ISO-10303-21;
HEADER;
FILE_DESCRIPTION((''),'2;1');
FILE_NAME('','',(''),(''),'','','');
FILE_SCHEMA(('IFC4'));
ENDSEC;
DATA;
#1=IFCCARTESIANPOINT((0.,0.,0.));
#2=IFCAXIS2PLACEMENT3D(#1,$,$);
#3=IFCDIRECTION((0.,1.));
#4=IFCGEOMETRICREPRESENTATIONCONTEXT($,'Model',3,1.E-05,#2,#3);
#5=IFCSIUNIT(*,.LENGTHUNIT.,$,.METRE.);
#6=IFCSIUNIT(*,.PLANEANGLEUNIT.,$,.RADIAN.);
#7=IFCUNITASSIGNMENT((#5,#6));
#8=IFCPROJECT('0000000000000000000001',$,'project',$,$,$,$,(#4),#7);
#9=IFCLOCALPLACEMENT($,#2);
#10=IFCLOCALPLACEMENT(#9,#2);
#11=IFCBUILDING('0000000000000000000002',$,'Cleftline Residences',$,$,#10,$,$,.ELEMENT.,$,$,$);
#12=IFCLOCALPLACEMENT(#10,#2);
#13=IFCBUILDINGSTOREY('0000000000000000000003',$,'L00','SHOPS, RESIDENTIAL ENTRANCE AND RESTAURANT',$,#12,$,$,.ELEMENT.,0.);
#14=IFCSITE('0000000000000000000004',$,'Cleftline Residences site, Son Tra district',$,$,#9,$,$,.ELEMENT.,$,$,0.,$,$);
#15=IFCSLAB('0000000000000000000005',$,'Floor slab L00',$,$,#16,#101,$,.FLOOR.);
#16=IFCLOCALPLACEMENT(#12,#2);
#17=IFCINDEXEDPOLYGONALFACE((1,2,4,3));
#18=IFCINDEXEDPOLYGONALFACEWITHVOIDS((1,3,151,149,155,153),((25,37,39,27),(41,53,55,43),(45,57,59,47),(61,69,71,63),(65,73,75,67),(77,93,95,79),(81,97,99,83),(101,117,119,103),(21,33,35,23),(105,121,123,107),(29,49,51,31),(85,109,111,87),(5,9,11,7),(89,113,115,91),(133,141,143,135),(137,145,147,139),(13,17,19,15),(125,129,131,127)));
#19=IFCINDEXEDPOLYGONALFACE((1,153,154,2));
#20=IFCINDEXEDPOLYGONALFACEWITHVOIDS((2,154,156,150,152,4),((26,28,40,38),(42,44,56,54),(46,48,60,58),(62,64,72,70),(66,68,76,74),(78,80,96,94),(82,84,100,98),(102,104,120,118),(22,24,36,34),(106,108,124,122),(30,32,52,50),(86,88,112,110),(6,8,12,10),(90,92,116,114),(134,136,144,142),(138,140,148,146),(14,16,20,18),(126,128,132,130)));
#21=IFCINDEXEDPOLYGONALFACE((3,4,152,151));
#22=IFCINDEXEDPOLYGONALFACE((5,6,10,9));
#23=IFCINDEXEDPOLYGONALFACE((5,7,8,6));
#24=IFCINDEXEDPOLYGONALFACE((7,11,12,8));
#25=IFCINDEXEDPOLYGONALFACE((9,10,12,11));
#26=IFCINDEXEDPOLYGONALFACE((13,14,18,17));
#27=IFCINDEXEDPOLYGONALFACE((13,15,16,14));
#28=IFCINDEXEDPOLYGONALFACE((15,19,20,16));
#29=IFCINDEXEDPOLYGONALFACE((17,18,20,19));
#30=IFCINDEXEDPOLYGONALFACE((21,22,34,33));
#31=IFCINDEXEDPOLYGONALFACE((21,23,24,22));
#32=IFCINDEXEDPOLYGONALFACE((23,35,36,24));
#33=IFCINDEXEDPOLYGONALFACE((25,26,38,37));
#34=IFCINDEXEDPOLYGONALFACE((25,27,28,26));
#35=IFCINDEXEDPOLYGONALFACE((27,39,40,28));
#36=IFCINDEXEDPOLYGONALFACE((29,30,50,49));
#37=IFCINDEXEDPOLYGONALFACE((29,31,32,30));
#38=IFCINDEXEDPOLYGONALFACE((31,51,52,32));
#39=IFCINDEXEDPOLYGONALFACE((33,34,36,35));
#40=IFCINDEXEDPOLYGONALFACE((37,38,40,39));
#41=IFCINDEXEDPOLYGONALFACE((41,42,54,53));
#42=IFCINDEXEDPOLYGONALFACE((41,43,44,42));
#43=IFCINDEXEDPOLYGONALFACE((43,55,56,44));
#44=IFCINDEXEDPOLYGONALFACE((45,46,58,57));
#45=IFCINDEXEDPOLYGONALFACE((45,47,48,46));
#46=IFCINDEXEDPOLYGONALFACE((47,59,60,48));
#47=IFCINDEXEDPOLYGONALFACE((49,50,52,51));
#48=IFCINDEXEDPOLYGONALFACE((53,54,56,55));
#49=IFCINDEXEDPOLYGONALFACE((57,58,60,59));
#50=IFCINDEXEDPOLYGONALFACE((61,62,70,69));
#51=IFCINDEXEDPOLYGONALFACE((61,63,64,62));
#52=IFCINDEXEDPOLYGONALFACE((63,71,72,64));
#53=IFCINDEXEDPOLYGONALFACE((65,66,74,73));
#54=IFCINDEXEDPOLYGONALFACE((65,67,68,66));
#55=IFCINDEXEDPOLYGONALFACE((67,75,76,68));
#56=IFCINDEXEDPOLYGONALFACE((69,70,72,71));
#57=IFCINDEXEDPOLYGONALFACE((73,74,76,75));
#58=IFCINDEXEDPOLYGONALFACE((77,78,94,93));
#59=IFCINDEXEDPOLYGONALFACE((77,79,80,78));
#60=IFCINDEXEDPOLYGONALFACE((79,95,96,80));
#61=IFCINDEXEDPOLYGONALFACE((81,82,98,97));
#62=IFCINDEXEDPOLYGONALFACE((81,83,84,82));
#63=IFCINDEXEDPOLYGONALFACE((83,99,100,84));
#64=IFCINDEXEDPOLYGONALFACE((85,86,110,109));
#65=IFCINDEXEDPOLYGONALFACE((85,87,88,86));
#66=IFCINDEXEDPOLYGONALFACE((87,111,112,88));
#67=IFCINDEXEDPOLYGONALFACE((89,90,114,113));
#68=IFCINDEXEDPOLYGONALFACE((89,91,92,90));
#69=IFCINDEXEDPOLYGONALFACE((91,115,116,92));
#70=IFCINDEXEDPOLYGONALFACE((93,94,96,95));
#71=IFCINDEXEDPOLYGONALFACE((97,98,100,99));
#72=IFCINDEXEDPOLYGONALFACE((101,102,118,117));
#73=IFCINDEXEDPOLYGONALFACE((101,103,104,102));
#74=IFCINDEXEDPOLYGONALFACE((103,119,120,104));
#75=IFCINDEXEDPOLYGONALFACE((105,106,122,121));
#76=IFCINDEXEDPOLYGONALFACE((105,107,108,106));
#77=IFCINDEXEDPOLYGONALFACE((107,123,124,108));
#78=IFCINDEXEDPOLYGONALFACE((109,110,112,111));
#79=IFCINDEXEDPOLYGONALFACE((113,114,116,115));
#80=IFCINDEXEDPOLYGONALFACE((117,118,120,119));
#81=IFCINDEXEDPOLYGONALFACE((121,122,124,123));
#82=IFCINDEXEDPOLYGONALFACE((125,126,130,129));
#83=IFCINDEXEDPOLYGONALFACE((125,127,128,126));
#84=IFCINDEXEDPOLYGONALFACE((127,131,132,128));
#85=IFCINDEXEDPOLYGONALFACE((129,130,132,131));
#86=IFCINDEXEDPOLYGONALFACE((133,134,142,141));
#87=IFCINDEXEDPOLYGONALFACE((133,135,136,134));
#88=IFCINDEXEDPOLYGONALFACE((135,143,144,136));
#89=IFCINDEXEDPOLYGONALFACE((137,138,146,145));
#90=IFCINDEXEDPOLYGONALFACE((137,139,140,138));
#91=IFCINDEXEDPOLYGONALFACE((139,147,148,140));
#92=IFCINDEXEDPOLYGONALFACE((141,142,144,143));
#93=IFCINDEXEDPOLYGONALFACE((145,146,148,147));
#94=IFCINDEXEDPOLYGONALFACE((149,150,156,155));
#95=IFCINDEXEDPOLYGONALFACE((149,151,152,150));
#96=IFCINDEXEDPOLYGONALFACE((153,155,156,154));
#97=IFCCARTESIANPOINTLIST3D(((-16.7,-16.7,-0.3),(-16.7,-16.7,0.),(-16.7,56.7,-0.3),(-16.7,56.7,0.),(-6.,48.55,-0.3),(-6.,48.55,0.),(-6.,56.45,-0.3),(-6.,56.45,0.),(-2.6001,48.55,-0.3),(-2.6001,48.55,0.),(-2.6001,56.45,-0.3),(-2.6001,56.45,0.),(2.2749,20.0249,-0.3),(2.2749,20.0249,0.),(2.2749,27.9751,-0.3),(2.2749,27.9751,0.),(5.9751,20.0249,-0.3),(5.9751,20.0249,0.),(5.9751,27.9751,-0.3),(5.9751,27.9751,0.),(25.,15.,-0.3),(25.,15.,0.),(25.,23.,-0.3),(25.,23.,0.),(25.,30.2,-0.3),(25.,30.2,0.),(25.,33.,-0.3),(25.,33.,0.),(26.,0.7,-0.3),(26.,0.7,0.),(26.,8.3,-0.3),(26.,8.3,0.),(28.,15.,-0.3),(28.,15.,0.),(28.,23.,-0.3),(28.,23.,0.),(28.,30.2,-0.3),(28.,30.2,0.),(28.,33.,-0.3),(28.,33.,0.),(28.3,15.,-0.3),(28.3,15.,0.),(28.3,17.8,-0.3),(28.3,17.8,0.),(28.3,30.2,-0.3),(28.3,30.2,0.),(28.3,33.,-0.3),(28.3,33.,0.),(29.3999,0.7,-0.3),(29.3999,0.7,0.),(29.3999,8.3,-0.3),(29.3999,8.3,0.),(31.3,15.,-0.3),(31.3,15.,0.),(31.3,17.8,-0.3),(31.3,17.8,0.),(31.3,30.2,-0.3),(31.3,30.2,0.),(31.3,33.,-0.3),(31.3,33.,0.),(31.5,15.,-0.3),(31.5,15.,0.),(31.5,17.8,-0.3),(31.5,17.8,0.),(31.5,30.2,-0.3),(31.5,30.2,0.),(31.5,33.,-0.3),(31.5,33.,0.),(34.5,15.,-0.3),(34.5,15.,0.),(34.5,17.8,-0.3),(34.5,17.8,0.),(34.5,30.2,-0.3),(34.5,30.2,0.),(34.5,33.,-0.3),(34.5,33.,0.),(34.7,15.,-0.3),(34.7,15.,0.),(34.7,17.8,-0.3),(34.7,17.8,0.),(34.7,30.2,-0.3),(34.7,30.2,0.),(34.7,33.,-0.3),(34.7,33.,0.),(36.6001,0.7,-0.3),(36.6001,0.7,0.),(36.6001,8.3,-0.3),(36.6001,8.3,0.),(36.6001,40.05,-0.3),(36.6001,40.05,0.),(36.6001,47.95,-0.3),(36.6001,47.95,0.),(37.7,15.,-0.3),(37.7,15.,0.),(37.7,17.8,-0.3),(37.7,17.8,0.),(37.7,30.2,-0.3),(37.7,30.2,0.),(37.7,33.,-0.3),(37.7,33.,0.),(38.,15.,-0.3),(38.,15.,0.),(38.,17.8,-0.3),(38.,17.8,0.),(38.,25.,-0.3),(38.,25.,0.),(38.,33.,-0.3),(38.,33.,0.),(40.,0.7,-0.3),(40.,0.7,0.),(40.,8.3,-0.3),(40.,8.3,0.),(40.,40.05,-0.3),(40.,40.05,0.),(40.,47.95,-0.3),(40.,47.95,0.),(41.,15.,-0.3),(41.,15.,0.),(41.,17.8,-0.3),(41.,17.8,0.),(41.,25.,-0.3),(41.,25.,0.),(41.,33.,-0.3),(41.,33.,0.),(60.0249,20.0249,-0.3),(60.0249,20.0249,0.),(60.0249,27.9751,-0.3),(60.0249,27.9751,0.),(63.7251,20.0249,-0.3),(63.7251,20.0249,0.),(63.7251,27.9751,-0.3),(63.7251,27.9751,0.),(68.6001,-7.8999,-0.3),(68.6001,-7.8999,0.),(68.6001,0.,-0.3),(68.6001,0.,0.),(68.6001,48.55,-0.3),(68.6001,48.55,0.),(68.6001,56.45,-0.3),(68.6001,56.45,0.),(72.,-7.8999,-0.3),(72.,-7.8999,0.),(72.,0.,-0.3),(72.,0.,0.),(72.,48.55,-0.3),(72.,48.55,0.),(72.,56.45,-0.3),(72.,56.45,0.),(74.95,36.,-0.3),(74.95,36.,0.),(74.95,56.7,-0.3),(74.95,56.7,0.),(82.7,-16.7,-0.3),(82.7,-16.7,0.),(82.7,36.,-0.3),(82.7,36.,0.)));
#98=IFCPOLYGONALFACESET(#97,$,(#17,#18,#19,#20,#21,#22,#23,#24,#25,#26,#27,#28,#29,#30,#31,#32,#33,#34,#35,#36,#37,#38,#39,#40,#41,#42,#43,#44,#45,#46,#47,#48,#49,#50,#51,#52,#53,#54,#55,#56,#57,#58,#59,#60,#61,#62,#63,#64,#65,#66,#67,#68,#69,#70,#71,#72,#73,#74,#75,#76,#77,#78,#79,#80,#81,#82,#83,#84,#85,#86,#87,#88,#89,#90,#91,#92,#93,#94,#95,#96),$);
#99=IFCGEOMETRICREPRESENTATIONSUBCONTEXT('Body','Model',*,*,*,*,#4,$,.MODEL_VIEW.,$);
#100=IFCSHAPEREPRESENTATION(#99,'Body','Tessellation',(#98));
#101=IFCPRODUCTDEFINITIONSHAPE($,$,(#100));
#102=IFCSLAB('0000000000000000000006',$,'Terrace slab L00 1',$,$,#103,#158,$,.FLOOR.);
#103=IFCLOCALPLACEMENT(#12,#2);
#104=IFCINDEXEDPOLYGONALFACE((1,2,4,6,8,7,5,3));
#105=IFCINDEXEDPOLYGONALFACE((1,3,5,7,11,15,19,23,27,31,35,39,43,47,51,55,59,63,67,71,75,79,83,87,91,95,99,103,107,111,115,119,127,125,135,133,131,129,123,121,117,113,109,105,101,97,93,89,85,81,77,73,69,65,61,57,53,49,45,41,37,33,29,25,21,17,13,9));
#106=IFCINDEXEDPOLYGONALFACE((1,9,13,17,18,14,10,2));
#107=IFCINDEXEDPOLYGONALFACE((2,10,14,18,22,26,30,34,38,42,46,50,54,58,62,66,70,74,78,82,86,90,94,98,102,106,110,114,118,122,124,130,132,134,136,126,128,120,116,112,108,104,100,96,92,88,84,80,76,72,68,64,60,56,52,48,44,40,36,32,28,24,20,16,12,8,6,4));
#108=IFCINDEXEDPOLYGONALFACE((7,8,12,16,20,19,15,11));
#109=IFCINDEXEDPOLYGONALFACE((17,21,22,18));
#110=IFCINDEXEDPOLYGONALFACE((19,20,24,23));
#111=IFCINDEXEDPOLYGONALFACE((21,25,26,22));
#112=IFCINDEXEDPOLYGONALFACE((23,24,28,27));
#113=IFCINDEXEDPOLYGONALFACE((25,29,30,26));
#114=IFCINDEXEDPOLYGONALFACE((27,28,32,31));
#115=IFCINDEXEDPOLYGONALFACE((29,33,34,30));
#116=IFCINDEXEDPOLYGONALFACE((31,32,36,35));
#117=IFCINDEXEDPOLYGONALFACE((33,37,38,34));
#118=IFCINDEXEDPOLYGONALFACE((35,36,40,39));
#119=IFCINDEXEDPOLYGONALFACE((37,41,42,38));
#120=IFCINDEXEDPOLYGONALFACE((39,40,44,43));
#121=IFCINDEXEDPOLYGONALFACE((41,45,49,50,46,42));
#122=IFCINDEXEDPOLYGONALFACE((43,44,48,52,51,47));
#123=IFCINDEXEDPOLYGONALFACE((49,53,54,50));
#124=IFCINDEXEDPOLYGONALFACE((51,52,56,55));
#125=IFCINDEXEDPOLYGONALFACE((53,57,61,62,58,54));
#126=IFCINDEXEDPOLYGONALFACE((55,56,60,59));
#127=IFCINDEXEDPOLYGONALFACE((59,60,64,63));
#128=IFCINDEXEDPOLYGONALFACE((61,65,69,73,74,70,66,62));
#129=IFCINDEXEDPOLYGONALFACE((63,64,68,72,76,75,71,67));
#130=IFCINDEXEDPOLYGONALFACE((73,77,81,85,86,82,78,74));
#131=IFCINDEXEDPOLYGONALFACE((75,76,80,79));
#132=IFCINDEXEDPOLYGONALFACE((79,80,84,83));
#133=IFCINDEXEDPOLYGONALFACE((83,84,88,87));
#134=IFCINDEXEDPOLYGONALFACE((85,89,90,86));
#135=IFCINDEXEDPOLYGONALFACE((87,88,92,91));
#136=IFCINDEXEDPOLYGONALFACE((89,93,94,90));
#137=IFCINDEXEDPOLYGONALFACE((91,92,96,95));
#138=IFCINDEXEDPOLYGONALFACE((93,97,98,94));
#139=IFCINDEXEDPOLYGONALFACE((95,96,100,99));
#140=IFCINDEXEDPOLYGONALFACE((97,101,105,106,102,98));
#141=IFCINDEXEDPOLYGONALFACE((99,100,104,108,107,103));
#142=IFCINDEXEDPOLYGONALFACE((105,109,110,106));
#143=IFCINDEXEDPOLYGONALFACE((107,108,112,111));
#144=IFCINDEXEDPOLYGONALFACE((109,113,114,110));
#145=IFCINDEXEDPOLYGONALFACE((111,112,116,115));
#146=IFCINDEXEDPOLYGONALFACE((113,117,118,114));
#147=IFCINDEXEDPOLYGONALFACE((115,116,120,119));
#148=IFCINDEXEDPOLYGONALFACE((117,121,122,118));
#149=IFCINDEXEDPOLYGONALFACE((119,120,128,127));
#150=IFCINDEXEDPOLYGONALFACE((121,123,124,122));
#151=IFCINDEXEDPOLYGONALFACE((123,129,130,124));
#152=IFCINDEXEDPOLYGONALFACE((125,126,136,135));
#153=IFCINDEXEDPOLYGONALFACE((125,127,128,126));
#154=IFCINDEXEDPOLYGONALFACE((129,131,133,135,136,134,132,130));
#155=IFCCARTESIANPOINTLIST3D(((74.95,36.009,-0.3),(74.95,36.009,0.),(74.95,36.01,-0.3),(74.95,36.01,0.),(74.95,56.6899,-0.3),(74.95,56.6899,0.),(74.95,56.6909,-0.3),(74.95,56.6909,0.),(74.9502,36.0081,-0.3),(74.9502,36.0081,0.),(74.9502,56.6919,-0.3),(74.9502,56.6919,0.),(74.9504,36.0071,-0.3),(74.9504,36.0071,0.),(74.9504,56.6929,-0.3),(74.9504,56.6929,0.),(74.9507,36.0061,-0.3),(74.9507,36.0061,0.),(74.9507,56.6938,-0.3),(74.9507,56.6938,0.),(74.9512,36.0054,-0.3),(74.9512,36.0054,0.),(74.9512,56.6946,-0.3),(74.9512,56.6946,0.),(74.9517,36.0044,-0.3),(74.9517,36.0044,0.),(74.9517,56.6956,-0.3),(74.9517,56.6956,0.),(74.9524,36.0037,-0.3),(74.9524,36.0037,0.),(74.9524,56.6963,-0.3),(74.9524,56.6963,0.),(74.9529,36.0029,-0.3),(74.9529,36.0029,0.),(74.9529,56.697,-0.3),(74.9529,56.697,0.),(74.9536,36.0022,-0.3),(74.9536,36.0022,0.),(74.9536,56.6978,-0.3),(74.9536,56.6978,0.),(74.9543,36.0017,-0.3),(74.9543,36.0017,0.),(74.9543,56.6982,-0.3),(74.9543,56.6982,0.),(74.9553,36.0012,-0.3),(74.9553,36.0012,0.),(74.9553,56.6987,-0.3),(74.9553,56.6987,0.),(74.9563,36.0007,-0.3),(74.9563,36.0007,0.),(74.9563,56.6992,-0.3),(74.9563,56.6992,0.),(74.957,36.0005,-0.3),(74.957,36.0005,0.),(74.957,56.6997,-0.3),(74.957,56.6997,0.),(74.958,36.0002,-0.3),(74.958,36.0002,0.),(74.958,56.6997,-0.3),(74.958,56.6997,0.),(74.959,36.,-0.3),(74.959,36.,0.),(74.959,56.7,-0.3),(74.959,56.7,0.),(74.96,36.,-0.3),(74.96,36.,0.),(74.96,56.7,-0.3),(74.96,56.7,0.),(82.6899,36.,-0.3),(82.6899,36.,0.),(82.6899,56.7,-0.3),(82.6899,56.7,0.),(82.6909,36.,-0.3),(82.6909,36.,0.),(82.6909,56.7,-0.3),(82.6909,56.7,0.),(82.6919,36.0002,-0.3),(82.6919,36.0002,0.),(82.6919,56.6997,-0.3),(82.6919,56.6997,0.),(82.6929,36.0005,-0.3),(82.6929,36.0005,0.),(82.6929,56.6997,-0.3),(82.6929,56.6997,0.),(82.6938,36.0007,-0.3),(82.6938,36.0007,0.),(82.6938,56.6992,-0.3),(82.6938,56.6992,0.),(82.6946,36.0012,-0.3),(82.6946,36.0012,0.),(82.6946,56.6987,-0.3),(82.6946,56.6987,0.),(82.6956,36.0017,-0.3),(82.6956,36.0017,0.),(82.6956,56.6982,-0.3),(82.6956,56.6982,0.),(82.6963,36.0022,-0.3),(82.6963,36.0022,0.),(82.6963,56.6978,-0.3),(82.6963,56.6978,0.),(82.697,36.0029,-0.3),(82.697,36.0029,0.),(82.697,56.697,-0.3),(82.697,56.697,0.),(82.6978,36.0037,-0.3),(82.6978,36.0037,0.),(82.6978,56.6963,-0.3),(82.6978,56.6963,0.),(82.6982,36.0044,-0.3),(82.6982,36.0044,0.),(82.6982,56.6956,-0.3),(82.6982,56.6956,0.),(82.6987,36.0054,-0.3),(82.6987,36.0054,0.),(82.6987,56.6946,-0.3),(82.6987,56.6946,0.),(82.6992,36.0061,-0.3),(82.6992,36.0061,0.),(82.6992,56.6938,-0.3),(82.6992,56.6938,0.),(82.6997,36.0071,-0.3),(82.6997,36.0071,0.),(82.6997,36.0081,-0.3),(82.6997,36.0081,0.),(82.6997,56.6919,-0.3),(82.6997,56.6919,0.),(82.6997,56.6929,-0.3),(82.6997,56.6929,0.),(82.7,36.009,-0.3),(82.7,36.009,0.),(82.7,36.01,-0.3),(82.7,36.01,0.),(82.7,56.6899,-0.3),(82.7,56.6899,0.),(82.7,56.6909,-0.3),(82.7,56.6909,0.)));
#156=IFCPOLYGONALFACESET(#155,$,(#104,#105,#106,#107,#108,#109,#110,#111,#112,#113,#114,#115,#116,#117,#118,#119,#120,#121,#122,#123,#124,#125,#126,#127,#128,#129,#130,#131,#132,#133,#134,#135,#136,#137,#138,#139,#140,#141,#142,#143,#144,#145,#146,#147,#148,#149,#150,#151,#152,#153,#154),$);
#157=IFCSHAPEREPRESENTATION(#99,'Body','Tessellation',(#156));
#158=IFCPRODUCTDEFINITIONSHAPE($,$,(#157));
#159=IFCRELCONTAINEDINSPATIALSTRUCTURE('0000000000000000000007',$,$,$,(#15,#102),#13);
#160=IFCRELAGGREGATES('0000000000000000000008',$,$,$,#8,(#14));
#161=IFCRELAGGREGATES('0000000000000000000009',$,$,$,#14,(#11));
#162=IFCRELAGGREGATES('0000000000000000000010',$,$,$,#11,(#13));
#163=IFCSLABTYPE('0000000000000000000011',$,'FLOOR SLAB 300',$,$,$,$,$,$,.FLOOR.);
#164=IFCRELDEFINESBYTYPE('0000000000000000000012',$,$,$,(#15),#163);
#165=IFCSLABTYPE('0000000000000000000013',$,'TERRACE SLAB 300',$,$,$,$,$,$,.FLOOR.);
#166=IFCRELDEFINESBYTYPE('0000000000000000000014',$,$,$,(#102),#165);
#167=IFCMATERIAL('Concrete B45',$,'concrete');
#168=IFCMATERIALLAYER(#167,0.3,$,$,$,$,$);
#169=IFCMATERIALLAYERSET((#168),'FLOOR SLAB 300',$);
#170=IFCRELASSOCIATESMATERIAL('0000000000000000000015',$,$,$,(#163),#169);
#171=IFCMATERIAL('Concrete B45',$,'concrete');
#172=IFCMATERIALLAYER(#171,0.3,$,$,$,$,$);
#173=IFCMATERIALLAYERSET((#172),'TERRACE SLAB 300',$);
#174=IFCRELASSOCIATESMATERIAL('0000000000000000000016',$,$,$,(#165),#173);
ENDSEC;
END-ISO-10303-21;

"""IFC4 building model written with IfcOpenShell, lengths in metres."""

from ifc_helpers import new_model, si_unit, direction, frame, origin, place, context, subcontext, project, spatial, polyline, outline, extrude, material, layer, layer_set, type_object, element, save


model = new_model("IFC4")

# Units and contexts
model_context = context("Model", 3, precision=1e-05, world=origin(), true_north=direction((0.0, 1.0)))
body_context = subcontext(model_context, "Body", "Model", "MODEL_VIEW")
ifc_project = project(units=[si_unit("LENGTHUNIT", "METRE"), si_unit("PLANEANGLEUNIT", "RADIAN")], contexts=[model_context])

# Site, building, storey
site_placement = place(None, origin())
site = spatial("IfcSite", under=ifc_project, at=site_placement, Name="Cleftline Residences site, Son Tra district", CompositionType="ELEMENT", RefElevation=0.0)
building_placement = place(site_placement, origin())
building = spatial("IfcBuilding", under=site, at=building_placement, Name="Cleftline Residences", CompositionType="ELEMENT")
storey_placement = place(building_placement, origin())
storey = spatial("IfcBuildingStorey", under=building, at=storey_placement, Name="L00", Description="SHOPS, RESIDENTIAL ENTRANCE AND RESTAURANT", CompositionType="ELEMENT", Elevation=0.0)

# Slabs
ifc_material_1 = material(Name="Concrete B45", Category="concrete")
ifc_layer_1 = layer(ifc_material_1, 0.3)
ifc_layer_set_1 = layer_set([ifc_layer_1], Name="FLOOR SLAB 300")
slab_type_1 = type_object("IfcSlabType", Name="FLOOR SLAB 300", PredefinedType="FLOOR", material=ifc_layer_set_1)
slab_1_placement = place(storey_placement, frame((0.0, 0.0, -0.3)))
element("IfcSlab", 1, at=slab_1_placement, inside=storey, type_object=slab_type_1, Name="Floor slab L00", PredefinedType="FLOOR", context=body_context, shape_type="SweptSolid", body=[
    extrude(outline(polyline([(82.7, 36.0), (74.95, 36.0), (74.95, 56.7), (-16.7, 56.7), (-16.7, -16.7), (82.7, -16.7), (82.7, 36.0)]), holes=[polyline([(28.0, 15.0), (28.0, 23.0), (25.0, 23.0), (25.0, 15.0), (28.0, 15.0)]), polyline([(41.0, 25.0), (41.0, 33.0), (38.0, 33.0), (38.0, 25.0), (41.0, 25.0)]), polyline([(28.0, 30.2), (28.0, 33.0), (25.0, 33.0), (25.0, 30.2), (28.0, 30.2)]), polyline([(41.0, 15.0), (41.0, 17.8), (38.0, 17.8), (38.0, 15.0), (41.0, 15.0)]), polyline([(31.3, 15.0), (31.3, 17.8), (28.3, 17.8), (28.3, 15.0), (31.3, 15.0)]), polyline([(34.5, 15.0), (34.5, 17.8), (31.5, 17.8), (31.5, 15.0), (34.5, 15.0)]), polyline([(37.7, 15.0), (37.7, 17.8), (34.7, 17.8), (34.7, 15.0), (37.7, 15.0)]), polyline([(31.3, 30.2), (31.3, 33.0), (28.3, 33.0), (28.3, 30.2), (31.3, 30.2)]), polyline([(34.5, 30.2), (34.5, 33.0), (31.5, 33.0), (31.5, 30.2), (34.5, 30.2)]), polyline([(37.7, 30.2), (37.7, 33.0), (34.7, 33.0), (34.7, 30.2), (37.7, 30.2)]), polyline([(29.3999, 0.7), (29.3999, 8.3), (26.0, 8.3), (26.0, 0.7), (29.3999, 0.7)]), polyline([(40.0, 0.7), (40.0, 8.3), (36.6001, 8.3), (36.6001, 0.7), (40.0, 0.7)]), polyline([(40.0, 40.05), (40.0, 47.95), (36.6001, 47.95), (36.6001, 40.05), (40.0, 40.05)]), polyline([(63.7251, 20.0249), (63.7251, 27.9751), (60.0249, 27.9751), (60.0249, 20.0249), (63.7251, 20.0249)]), polyline([(72.0, 48.55), (72.0, 56.45), (68.6001, 56.45), (68.6001, 48.55), (72.0, 48.55)]), polyline([(72.0, -7.8999), (72.0, 0.0), (68.6001, 0.0), (68.6001, -7.8999), (72.0, -7.8999)]), polyline([(-2.6001, 48.55), (-2.6001, 56.45), (-6.0, 56.45), (-6.0, 48.55), (-2.6001, 48.55)]), polyline([(5.9751, 20.0249), (5.9751, 27.9751), (2.2749, 27.9751), (2.2749, 20.0249), (5.9751, 20.0249)])]), origin(), (0.0, 0.0, 1.0), 0.3),
])
ifc_material_2 = material(Name="Concrete B45", Category="concrete")
ifc_layer_2 = layer(ifc_material_2, 0.3)
ifc_layer_set_2 = layer_set([ifc_layer_2], Name="TERRACE SLAB 300")
slab_type_2 = type_object("IfcSlabType", Name="TERRACE SLAB 300", PredefinedType="FLOOR", material=ifc_layer_set_2)
slab_2_placement = place(storey_placement, frame((0.0, 0.0, -0.3)))
element("IfcSlab", 2, at=slab_2_placement, inside=storey, type_object=slab_type_2, Name="Terrace slab L00 1", PredefinedType="FLOOR", context=body_context, shape_type="SweptSolid", body=[
    extrude(outline(polyline([(74.96, 56.7), (74.959, 56.7), (74.958, 56.6997), (74.957, 56.6997), (74.9563, 56.6992), (74.9553, 56.6987), (74.9543, 56.6982), (74.9536, 56.6978), (74.9529, 56.697), (74.9524, 56.6963), (74.9517, 56.6956), (74.9512, 56.6946), (74.9507, 56.6938), (74.9504, 56.6929), (74.9502, 56.6919), (74.95, 56.6909), (74.95, 56.6899), (74.95, 36.01), (74.95, 36.009), (74.9502, 36.0081), (74.9504, 36.0071), (74.9507, 36.0061), (74.9512, 36.0054), (74.9517, 36.0044), (74.9524, 36.0037), (74.9529, 36.0029), (74.9536, 36.0022), (74.9543, 36.0017), (74.9553, 36.0012), (74.9563, 36.0007), (74.957, 36.0005), (74.958, 36.0002), (74.959, 36.0), (74.96, 36.0), (82.6899, 36.0), (82.6909, 36.0), (82.6919, 36.0002), (82.6929, 36.0005), (82.6938, 36.0007), (82.6946, 36.0012), (82.6956, 36.0017), (82.6963, 36.0022), (82.697, 36.0029), (82.6978, 36.0037), (82.6982, 36.0044), (82.6987, 36.0054), (82.6992, 36.0061), (82.6997, 36.0071), (82.6997, 36.0081), (82.7, 36.009), (82.7, 36.01), (82.7, 56.6899), (82.7, 56.6909), (82.6997, 56.6919), (82.6997, 56.6929), (82.6992, 56.6938), (82.6987, 56.6946), (82.6982, 56.6956), (82.6978, 56.6963), (82.697, 56.697), (82.6963, 56.6978), (82.6956, 56.6982), (82.6946, 56.6987), (82.6938, 56.6992), (82.6929, 56.6997), (82.6919, 56.6997), (82.6909, 56.7), (82.6899, 56.7), (74.96, 56.7)])), origin(), (0.0, 0.0, 1.0), 0.3),
])

save(model, "model.ifc")
